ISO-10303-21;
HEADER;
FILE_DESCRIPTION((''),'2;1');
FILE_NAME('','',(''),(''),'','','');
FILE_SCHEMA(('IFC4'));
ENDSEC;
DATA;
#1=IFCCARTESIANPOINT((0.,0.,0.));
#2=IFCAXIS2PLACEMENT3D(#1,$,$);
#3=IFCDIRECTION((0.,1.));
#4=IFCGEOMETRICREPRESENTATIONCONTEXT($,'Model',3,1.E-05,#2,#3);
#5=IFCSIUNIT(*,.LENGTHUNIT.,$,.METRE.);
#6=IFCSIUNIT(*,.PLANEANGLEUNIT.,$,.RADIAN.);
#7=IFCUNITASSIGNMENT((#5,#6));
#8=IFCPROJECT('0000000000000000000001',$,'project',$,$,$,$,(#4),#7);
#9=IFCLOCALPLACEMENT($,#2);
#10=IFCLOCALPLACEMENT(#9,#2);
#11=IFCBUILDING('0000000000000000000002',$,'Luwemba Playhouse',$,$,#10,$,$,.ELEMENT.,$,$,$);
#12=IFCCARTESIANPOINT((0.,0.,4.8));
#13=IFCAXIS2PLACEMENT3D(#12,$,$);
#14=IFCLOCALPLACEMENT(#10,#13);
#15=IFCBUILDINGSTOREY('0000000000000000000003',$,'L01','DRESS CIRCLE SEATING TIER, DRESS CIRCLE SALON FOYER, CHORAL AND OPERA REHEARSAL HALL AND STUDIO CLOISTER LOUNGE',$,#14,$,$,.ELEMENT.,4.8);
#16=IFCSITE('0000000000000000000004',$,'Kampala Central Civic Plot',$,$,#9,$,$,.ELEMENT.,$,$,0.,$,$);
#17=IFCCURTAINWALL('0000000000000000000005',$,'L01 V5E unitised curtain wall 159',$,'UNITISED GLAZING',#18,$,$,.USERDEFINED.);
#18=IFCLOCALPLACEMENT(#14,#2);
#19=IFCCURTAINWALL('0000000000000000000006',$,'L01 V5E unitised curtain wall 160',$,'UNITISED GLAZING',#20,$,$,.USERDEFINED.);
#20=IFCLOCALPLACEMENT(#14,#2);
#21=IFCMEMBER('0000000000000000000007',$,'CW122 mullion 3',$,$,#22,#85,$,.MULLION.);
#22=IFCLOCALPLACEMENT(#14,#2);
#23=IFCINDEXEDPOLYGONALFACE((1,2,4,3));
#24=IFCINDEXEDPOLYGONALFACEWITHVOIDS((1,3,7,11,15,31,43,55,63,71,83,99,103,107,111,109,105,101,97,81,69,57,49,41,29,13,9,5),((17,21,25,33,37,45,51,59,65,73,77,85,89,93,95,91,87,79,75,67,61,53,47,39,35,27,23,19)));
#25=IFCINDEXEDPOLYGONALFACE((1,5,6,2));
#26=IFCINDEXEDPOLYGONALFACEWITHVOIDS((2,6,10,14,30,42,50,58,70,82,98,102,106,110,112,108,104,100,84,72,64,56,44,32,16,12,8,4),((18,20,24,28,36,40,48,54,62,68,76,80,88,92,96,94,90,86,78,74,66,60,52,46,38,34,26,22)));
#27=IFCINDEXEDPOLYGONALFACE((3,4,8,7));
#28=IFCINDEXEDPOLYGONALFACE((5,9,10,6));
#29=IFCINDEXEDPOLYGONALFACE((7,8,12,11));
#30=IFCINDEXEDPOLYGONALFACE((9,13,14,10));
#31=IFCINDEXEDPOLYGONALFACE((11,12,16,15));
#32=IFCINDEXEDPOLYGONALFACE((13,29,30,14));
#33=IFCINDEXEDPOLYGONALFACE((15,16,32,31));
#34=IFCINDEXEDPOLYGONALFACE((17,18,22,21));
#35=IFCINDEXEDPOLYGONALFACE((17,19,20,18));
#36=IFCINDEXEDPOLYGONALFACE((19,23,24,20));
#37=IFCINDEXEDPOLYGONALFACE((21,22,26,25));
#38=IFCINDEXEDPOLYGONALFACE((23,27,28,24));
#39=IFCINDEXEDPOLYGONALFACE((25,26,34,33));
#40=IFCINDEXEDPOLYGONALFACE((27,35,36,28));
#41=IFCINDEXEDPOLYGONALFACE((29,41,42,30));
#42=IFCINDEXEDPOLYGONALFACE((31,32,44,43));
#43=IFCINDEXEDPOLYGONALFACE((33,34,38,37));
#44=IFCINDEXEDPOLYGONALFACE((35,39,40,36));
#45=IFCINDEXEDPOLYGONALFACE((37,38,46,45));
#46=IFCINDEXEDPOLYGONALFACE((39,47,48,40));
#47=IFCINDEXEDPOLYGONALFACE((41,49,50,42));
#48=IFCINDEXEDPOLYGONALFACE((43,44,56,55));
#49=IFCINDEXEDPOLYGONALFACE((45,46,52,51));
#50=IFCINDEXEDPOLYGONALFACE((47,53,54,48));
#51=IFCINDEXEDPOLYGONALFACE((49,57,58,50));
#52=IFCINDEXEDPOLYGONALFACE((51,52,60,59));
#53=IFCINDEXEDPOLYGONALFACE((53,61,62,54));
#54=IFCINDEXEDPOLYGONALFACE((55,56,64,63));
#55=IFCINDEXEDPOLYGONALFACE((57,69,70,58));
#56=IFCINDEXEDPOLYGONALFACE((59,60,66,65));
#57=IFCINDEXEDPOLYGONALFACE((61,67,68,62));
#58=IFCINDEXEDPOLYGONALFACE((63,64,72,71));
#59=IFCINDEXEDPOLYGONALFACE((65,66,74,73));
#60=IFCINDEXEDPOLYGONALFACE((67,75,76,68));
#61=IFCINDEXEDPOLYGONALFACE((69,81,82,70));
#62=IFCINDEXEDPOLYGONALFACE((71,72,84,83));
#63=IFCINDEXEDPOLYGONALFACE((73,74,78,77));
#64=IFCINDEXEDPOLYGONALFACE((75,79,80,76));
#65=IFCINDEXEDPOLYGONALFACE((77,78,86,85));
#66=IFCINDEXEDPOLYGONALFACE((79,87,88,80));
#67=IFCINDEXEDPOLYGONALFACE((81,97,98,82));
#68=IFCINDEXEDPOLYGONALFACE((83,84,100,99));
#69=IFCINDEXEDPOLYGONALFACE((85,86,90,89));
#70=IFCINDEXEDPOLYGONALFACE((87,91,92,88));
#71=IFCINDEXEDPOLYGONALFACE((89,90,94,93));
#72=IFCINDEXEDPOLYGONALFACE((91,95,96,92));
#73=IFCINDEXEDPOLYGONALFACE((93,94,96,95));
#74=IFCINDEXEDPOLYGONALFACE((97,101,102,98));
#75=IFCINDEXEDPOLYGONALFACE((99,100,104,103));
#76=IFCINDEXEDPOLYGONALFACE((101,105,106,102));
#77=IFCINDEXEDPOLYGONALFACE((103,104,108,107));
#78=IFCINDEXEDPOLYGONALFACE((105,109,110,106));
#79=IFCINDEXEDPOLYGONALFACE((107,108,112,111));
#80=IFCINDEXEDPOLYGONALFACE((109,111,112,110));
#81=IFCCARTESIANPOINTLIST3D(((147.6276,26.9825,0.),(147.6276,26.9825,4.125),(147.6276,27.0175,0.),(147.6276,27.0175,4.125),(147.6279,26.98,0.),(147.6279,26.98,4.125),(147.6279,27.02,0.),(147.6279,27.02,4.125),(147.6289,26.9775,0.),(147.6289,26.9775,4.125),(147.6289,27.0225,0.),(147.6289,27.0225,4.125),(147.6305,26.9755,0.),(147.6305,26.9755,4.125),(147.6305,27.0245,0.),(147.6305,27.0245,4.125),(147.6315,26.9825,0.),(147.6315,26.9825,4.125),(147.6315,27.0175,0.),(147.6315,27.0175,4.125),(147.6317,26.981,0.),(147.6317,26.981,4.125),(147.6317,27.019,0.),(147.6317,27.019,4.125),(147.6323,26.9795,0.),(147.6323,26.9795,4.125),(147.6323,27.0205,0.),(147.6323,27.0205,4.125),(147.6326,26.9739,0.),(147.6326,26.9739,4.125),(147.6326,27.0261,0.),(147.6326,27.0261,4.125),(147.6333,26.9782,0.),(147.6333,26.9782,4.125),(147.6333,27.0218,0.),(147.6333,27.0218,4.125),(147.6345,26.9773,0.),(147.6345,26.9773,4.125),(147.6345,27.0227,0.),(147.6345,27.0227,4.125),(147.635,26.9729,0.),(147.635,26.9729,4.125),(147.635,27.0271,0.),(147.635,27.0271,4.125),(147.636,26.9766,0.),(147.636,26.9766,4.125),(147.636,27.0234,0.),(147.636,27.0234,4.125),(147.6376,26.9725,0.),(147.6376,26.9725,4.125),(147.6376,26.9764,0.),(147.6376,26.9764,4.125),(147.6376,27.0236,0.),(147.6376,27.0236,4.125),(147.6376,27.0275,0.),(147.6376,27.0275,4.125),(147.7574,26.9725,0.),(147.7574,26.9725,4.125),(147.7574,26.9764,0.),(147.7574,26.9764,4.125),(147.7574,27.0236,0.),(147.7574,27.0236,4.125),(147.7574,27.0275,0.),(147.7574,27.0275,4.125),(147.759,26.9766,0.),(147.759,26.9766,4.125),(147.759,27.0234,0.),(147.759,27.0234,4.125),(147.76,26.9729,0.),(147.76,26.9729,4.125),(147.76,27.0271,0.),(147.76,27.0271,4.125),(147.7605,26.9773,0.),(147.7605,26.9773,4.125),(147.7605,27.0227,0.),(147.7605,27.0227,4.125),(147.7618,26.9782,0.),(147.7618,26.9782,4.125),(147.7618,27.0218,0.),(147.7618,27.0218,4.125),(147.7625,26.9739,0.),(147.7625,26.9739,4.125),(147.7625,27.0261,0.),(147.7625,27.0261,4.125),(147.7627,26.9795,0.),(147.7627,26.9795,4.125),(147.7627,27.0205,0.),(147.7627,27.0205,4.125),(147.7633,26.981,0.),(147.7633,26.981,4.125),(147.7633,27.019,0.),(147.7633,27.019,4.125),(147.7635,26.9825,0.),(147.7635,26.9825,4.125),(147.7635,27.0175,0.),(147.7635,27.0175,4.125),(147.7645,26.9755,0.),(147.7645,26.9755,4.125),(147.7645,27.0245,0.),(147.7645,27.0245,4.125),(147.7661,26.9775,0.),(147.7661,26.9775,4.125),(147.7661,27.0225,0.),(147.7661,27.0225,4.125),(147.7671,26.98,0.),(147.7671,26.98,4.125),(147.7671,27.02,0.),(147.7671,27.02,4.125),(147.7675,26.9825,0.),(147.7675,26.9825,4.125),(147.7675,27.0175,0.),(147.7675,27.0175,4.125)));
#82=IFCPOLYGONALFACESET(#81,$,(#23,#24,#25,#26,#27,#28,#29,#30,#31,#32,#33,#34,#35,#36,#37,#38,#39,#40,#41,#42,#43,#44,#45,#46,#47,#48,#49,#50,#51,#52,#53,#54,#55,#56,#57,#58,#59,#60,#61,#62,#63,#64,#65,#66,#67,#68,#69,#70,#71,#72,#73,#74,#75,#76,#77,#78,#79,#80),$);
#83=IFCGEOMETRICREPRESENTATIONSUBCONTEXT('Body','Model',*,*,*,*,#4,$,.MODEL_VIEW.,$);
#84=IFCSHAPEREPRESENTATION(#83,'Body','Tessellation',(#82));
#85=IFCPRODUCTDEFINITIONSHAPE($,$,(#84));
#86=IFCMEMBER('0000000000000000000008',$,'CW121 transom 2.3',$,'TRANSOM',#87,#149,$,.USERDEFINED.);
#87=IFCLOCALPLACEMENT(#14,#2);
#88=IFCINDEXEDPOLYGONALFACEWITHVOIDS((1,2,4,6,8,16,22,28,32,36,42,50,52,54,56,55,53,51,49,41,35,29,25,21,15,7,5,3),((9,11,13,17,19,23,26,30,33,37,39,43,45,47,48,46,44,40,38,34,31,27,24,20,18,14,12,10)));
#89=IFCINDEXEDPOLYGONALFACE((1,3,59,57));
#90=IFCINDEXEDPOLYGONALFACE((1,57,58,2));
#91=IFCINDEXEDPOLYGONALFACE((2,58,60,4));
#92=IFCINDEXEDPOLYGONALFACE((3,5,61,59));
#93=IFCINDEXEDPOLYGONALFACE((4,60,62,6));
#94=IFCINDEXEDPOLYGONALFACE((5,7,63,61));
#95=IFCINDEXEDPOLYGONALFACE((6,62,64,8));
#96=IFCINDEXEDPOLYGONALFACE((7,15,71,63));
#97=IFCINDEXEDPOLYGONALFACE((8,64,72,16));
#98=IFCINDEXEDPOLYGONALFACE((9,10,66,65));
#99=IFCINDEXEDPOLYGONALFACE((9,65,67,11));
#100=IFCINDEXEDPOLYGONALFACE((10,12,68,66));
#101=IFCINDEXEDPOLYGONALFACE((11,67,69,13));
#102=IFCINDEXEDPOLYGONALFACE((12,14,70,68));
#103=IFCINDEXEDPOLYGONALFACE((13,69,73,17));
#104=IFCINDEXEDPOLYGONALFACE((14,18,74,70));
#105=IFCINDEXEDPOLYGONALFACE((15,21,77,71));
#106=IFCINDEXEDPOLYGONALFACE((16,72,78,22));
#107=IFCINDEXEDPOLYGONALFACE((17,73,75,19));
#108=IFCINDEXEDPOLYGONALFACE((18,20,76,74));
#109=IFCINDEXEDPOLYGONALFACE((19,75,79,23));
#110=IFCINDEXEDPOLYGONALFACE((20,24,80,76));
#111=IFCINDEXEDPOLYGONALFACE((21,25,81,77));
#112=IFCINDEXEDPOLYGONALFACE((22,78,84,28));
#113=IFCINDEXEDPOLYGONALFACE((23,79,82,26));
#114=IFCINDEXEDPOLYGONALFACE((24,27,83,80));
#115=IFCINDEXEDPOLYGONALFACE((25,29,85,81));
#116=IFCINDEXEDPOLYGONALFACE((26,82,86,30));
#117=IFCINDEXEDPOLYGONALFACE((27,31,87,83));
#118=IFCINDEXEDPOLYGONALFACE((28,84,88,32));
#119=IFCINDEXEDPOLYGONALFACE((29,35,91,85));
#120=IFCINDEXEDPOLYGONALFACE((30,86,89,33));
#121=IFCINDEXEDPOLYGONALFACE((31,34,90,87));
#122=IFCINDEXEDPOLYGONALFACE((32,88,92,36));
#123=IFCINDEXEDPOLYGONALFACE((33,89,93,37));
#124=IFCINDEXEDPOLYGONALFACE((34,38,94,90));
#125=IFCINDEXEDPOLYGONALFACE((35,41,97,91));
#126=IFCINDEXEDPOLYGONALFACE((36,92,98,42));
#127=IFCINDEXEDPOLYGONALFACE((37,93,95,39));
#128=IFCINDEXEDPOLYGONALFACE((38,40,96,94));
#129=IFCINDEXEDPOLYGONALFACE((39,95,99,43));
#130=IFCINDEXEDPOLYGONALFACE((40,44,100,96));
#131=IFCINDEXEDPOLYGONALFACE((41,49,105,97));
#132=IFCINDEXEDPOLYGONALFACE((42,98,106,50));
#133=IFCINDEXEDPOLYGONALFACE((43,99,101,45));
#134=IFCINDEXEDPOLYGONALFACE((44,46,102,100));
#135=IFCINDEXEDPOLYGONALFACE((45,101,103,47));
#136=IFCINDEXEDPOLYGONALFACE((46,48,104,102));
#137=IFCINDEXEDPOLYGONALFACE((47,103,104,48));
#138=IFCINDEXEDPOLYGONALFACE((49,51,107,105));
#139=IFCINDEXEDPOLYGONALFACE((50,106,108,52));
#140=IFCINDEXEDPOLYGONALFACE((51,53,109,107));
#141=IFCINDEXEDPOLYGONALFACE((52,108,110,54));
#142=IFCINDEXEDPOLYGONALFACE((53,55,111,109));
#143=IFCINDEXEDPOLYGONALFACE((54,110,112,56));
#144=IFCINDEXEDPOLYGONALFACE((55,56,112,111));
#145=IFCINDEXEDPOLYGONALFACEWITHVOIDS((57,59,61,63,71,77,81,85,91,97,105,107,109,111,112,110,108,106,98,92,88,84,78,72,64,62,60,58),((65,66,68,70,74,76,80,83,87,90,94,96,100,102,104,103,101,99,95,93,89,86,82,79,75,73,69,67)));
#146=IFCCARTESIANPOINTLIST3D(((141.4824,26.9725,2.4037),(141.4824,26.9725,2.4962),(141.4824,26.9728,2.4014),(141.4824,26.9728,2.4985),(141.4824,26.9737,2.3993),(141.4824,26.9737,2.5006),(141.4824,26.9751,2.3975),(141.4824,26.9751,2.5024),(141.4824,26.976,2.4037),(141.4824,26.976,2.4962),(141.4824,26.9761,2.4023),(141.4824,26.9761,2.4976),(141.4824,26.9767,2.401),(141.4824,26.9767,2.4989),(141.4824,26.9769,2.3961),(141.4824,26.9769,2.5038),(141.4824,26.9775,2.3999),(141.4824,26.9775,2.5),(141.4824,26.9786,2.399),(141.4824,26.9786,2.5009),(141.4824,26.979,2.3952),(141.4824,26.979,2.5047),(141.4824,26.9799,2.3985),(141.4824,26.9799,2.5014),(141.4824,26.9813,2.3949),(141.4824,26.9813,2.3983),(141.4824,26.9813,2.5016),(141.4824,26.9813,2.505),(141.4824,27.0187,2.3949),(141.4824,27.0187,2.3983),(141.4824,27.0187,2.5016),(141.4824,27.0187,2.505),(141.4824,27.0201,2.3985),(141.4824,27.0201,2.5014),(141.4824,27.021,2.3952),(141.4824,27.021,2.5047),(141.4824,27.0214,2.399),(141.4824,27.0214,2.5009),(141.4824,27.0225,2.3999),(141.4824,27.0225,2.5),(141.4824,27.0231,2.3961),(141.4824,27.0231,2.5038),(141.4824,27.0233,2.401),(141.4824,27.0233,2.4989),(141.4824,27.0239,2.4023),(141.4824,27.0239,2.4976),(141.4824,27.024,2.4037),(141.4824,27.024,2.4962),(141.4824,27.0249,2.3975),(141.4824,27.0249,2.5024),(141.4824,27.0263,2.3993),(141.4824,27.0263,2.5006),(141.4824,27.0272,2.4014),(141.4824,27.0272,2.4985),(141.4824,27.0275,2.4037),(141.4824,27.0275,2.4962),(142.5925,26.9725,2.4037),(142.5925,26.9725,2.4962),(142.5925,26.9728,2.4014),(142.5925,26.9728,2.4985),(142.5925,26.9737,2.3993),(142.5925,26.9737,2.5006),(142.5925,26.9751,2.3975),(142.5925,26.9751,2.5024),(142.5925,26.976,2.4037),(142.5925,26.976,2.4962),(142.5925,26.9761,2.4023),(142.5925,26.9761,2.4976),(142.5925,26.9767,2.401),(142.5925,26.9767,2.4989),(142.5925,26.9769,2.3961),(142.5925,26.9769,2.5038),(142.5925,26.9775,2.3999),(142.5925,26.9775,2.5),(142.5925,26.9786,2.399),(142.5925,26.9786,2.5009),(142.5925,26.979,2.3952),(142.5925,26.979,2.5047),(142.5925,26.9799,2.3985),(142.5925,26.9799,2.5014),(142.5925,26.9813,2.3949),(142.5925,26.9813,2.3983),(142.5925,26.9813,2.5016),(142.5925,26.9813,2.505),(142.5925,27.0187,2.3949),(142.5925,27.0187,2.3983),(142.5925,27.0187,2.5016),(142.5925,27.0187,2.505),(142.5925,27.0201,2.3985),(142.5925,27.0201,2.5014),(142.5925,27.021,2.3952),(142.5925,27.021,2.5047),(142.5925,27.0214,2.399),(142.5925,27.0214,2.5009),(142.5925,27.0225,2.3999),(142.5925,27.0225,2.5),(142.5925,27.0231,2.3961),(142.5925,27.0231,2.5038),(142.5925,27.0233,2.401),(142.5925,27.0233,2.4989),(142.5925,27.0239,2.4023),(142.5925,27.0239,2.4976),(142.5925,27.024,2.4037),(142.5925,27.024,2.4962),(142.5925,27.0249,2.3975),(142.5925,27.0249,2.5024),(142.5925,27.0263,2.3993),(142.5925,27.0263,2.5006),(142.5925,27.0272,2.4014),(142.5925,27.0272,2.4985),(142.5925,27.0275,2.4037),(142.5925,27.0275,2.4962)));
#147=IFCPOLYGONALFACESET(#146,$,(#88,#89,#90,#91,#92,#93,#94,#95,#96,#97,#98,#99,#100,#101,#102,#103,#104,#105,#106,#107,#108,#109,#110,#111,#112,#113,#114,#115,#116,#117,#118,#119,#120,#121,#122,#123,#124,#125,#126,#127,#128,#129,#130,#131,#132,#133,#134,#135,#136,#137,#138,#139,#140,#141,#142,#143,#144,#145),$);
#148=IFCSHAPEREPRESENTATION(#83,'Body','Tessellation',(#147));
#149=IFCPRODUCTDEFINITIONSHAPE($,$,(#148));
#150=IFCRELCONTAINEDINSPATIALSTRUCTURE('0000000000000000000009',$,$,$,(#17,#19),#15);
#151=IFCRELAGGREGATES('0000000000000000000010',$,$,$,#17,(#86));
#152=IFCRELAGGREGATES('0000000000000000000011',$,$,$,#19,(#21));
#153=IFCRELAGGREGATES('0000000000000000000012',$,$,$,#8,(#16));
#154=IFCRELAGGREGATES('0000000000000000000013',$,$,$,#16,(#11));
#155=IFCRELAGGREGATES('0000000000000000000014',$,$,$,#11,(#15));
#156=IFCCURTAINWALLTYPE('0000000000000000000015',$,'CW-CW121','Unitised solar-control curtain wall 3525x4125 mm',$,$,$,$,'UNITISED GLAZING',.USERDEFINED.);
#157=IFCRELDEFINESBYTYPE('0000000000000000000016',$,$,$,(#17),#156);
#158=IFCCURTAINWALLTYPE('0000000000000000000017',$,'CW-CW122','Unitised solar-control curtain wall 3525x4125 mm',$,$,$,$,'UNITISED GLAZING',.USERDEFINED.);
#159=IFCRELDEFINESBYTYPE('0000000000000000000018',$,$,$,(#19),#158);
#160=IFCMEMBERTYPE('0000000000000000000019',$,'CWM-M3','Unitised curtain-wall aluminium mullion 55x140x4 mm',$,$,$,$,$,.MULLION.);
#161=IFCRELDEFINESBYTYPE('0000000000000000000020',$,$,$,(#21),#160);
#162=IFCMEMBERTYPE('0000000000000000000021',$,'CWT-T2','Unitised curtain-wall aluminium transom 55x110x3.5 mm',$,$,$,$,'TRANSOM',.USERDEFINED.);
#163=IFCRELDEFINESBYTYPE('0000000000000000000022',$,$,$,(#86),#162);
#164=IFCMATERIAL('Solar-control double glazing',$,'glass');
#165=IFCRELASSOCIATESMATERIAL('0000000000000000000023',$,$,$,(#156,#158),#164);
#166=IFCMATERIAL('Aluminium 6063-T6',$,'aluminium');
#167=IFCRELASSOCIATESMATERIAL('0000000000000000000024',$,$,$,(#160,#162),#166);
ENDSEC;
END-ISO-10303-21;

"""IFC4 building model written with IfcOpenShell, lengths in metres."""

from ifc_helpers import new_model, si_unit, direction, frame, origin, origin_2d, place, context, subcontext, project, spatial, hollow_rectangle, extrude, material, material_profile, profile_set, type_object, element, aggregate, save


model = new_model("IFC4")

# Units and contexts
model_context = context("Model", 3, precision=1e-05, world=origin(), true_north=direction((0.0, 1.0)))
body_context = subcontext(model_context, "Body", "Model", "MODEL_VIEW")
ifc_project = project(units=[si_unit("LENGTHUNIT", "METRE"), si_unit("PLANEANGLEUNIT", "RADIAN")], contexts=[model_context])

# Site, building, storey
site_placement = place(None, origin())
site = spatial("IfcSite", under=ifc_project, at=site_placement, Name="Kampala Central Civic Plot", CompositionType="ELEMENT", RefElevation=0.0)
building_placement = place(site_placement, origin())
building = spatial("IfcBuilding", under=site, at=building_placement, Name="Luwemba Playhouse", CompositionType="ELEMENT")
storey_placement = place(building_placement, frame((0.0, 0.0, 4.8)))
storey = spatial("IfcBuildingStorey", under=building, at=storey_placement, Name="L01", Description="DRESS CIRCLE SEATING TIER, DRESS CIRCLE SALON FOYER, CHORAL AND OPERA REHEARSAL HALL AND STUDIO CLOISTER LOUNGE", CompositionType="ELEMENT", Elevation=4.8)

# Curtain walls, member
ifc_material_1 = material(Name="Solar-control double glazing", Category="glass")
curtain_wall_type_1 = type_object("IfcCurtainWallType", Name="CW-CW121", Description="Unitised solar-control curtain wall 3525x4125 mm", ElementType="UNITISED GLAZING", PredefinedType="USERDEFINED", material=ifc_material_1)
curtain_wall_1_placement = place(storey_placement, origin())
curtain_wall_1 = element("IfcCurtainWall", 1, at=curtain_wall_1_placement, inside=storey, type_object=curtain_wall_type_1, Name="L01 V5E unitised curtain wall 159", ObjectType="UNITISED GLAZING", PredefinedType="USERDEFINED")
ifc_material_2 = material(Name="Aluminium 6063-T6", Category="aluminium")
curtain_wall_type_2 = type_object("IfcCurtainWallType", Name="CW-CW122", Description="Unitised solar-control curtain wall 3525x4125 mm", ElementType="UNITISED GLAZING", PredefinedType="USERDEFINED", material=ifc_material_1)
curtain_wall_2_placement = place(storey_placement, origin())
curtain_wall_2 = element("IfcCurtainWall", 2, at=curtain_wall_2_placement, inside=storey, type_object=curtain_wall_type_2, Name="L01 V5E unitised curtain wall 160", ObjectType="UNITISED GLAZING", PredefinedType="USERDEFINED")
ifc_material_profile_1 = material_profile(ifc_material_2, hollow_rectangle(XDim=0.0549, YDim=0.1399, WallThickness=0.0039, InnerFilletRadius=0.0061, OuterFilletRadius=0.01, at=origin_2d()))
ifc_profile_set_1 = profile_set([ifc_material_profile_1], Name="Aluminium 6063-T6")
member_type_1 = type_object("IfcMemberType", Name="CWM-M3", Description="Unitised curtain-wall aluminium mullion 55x140x4 mm", PredefinedType="MULLION", material=ifc_profile_set_1)
member_1_placement = place(storey_placement, frame((147.6975, 27.0, 0.0), z_axis=(0.0, 0.0, 1.0), x_axis=(0.0, 1.0, 0.0)))
member_1 = element("IfcMember", 3, at=member_1_placement, type_object=member_type_1, Name="CW122 mullion 3", PredefinedType="MULLION", context=body_context, shape_type="SweptSolid", body=[
    extrude(hollow_rectangle(XDim=0.0549, YDim=0.1399, WallThickness=0.0039, InnerFilletRadius=0.0061, OuterFilletRadius=0.01, at=origin_2d()), origin(), (0.0, 0.0, 1.0), 4.125),
])

# Member
ifc_material_profile_2 = material_profile(ifc_material_2, hollow_rectangle(XDim=0.0549, YDim=0.1101, WallThickness=0.0034, InnerFilletRadius=0.0054, OuterFilletRadius=0.0088, at=origin_2d()))
ifc_profile_set_2 = profile_set([ifc_material_profile_2], Name="Aluminium 6063-T6")
member_type_2 = type_object("IfcMemberType", Name="CWT-T2", Description="Unitised curtain-wall aluminium transom 55x110x3.5 mm", ElementType="TRANSOM", PredefinedType="USERDEFINED", material=ifc_profile_set_2)
member_2_placement = place(storey_placement, frame((141.4824, 27.0, 2.45), z_axis=(1.0, 0.0, 0.0), x_axis=(0.0, 1.0, 0.0)))
member_2 = element("IfcMember", 4, at=member_2_placement, type_object=member_type_2, Name="CW121 transom 2.3", ObjectType="TRANSOM", PredefinedType="USERDEFINED", context=body_context, shape_type="SweptSolid", body=[
    extrude(hollow_rectangle(XDim=0.0549, YDim=0.1101, WallThickness=0.0034, InnerFilletRadius=0.0054, OuterFilletRadius=0.0088, at=origin_2d()), origin(), (0.0, 0.0, 1.0), 1.1101),
])

aggregate(curtain_wall_1, [member_2])
aggregate(curtain_wall_2, [member_1])

save(model, "model.ifc")
